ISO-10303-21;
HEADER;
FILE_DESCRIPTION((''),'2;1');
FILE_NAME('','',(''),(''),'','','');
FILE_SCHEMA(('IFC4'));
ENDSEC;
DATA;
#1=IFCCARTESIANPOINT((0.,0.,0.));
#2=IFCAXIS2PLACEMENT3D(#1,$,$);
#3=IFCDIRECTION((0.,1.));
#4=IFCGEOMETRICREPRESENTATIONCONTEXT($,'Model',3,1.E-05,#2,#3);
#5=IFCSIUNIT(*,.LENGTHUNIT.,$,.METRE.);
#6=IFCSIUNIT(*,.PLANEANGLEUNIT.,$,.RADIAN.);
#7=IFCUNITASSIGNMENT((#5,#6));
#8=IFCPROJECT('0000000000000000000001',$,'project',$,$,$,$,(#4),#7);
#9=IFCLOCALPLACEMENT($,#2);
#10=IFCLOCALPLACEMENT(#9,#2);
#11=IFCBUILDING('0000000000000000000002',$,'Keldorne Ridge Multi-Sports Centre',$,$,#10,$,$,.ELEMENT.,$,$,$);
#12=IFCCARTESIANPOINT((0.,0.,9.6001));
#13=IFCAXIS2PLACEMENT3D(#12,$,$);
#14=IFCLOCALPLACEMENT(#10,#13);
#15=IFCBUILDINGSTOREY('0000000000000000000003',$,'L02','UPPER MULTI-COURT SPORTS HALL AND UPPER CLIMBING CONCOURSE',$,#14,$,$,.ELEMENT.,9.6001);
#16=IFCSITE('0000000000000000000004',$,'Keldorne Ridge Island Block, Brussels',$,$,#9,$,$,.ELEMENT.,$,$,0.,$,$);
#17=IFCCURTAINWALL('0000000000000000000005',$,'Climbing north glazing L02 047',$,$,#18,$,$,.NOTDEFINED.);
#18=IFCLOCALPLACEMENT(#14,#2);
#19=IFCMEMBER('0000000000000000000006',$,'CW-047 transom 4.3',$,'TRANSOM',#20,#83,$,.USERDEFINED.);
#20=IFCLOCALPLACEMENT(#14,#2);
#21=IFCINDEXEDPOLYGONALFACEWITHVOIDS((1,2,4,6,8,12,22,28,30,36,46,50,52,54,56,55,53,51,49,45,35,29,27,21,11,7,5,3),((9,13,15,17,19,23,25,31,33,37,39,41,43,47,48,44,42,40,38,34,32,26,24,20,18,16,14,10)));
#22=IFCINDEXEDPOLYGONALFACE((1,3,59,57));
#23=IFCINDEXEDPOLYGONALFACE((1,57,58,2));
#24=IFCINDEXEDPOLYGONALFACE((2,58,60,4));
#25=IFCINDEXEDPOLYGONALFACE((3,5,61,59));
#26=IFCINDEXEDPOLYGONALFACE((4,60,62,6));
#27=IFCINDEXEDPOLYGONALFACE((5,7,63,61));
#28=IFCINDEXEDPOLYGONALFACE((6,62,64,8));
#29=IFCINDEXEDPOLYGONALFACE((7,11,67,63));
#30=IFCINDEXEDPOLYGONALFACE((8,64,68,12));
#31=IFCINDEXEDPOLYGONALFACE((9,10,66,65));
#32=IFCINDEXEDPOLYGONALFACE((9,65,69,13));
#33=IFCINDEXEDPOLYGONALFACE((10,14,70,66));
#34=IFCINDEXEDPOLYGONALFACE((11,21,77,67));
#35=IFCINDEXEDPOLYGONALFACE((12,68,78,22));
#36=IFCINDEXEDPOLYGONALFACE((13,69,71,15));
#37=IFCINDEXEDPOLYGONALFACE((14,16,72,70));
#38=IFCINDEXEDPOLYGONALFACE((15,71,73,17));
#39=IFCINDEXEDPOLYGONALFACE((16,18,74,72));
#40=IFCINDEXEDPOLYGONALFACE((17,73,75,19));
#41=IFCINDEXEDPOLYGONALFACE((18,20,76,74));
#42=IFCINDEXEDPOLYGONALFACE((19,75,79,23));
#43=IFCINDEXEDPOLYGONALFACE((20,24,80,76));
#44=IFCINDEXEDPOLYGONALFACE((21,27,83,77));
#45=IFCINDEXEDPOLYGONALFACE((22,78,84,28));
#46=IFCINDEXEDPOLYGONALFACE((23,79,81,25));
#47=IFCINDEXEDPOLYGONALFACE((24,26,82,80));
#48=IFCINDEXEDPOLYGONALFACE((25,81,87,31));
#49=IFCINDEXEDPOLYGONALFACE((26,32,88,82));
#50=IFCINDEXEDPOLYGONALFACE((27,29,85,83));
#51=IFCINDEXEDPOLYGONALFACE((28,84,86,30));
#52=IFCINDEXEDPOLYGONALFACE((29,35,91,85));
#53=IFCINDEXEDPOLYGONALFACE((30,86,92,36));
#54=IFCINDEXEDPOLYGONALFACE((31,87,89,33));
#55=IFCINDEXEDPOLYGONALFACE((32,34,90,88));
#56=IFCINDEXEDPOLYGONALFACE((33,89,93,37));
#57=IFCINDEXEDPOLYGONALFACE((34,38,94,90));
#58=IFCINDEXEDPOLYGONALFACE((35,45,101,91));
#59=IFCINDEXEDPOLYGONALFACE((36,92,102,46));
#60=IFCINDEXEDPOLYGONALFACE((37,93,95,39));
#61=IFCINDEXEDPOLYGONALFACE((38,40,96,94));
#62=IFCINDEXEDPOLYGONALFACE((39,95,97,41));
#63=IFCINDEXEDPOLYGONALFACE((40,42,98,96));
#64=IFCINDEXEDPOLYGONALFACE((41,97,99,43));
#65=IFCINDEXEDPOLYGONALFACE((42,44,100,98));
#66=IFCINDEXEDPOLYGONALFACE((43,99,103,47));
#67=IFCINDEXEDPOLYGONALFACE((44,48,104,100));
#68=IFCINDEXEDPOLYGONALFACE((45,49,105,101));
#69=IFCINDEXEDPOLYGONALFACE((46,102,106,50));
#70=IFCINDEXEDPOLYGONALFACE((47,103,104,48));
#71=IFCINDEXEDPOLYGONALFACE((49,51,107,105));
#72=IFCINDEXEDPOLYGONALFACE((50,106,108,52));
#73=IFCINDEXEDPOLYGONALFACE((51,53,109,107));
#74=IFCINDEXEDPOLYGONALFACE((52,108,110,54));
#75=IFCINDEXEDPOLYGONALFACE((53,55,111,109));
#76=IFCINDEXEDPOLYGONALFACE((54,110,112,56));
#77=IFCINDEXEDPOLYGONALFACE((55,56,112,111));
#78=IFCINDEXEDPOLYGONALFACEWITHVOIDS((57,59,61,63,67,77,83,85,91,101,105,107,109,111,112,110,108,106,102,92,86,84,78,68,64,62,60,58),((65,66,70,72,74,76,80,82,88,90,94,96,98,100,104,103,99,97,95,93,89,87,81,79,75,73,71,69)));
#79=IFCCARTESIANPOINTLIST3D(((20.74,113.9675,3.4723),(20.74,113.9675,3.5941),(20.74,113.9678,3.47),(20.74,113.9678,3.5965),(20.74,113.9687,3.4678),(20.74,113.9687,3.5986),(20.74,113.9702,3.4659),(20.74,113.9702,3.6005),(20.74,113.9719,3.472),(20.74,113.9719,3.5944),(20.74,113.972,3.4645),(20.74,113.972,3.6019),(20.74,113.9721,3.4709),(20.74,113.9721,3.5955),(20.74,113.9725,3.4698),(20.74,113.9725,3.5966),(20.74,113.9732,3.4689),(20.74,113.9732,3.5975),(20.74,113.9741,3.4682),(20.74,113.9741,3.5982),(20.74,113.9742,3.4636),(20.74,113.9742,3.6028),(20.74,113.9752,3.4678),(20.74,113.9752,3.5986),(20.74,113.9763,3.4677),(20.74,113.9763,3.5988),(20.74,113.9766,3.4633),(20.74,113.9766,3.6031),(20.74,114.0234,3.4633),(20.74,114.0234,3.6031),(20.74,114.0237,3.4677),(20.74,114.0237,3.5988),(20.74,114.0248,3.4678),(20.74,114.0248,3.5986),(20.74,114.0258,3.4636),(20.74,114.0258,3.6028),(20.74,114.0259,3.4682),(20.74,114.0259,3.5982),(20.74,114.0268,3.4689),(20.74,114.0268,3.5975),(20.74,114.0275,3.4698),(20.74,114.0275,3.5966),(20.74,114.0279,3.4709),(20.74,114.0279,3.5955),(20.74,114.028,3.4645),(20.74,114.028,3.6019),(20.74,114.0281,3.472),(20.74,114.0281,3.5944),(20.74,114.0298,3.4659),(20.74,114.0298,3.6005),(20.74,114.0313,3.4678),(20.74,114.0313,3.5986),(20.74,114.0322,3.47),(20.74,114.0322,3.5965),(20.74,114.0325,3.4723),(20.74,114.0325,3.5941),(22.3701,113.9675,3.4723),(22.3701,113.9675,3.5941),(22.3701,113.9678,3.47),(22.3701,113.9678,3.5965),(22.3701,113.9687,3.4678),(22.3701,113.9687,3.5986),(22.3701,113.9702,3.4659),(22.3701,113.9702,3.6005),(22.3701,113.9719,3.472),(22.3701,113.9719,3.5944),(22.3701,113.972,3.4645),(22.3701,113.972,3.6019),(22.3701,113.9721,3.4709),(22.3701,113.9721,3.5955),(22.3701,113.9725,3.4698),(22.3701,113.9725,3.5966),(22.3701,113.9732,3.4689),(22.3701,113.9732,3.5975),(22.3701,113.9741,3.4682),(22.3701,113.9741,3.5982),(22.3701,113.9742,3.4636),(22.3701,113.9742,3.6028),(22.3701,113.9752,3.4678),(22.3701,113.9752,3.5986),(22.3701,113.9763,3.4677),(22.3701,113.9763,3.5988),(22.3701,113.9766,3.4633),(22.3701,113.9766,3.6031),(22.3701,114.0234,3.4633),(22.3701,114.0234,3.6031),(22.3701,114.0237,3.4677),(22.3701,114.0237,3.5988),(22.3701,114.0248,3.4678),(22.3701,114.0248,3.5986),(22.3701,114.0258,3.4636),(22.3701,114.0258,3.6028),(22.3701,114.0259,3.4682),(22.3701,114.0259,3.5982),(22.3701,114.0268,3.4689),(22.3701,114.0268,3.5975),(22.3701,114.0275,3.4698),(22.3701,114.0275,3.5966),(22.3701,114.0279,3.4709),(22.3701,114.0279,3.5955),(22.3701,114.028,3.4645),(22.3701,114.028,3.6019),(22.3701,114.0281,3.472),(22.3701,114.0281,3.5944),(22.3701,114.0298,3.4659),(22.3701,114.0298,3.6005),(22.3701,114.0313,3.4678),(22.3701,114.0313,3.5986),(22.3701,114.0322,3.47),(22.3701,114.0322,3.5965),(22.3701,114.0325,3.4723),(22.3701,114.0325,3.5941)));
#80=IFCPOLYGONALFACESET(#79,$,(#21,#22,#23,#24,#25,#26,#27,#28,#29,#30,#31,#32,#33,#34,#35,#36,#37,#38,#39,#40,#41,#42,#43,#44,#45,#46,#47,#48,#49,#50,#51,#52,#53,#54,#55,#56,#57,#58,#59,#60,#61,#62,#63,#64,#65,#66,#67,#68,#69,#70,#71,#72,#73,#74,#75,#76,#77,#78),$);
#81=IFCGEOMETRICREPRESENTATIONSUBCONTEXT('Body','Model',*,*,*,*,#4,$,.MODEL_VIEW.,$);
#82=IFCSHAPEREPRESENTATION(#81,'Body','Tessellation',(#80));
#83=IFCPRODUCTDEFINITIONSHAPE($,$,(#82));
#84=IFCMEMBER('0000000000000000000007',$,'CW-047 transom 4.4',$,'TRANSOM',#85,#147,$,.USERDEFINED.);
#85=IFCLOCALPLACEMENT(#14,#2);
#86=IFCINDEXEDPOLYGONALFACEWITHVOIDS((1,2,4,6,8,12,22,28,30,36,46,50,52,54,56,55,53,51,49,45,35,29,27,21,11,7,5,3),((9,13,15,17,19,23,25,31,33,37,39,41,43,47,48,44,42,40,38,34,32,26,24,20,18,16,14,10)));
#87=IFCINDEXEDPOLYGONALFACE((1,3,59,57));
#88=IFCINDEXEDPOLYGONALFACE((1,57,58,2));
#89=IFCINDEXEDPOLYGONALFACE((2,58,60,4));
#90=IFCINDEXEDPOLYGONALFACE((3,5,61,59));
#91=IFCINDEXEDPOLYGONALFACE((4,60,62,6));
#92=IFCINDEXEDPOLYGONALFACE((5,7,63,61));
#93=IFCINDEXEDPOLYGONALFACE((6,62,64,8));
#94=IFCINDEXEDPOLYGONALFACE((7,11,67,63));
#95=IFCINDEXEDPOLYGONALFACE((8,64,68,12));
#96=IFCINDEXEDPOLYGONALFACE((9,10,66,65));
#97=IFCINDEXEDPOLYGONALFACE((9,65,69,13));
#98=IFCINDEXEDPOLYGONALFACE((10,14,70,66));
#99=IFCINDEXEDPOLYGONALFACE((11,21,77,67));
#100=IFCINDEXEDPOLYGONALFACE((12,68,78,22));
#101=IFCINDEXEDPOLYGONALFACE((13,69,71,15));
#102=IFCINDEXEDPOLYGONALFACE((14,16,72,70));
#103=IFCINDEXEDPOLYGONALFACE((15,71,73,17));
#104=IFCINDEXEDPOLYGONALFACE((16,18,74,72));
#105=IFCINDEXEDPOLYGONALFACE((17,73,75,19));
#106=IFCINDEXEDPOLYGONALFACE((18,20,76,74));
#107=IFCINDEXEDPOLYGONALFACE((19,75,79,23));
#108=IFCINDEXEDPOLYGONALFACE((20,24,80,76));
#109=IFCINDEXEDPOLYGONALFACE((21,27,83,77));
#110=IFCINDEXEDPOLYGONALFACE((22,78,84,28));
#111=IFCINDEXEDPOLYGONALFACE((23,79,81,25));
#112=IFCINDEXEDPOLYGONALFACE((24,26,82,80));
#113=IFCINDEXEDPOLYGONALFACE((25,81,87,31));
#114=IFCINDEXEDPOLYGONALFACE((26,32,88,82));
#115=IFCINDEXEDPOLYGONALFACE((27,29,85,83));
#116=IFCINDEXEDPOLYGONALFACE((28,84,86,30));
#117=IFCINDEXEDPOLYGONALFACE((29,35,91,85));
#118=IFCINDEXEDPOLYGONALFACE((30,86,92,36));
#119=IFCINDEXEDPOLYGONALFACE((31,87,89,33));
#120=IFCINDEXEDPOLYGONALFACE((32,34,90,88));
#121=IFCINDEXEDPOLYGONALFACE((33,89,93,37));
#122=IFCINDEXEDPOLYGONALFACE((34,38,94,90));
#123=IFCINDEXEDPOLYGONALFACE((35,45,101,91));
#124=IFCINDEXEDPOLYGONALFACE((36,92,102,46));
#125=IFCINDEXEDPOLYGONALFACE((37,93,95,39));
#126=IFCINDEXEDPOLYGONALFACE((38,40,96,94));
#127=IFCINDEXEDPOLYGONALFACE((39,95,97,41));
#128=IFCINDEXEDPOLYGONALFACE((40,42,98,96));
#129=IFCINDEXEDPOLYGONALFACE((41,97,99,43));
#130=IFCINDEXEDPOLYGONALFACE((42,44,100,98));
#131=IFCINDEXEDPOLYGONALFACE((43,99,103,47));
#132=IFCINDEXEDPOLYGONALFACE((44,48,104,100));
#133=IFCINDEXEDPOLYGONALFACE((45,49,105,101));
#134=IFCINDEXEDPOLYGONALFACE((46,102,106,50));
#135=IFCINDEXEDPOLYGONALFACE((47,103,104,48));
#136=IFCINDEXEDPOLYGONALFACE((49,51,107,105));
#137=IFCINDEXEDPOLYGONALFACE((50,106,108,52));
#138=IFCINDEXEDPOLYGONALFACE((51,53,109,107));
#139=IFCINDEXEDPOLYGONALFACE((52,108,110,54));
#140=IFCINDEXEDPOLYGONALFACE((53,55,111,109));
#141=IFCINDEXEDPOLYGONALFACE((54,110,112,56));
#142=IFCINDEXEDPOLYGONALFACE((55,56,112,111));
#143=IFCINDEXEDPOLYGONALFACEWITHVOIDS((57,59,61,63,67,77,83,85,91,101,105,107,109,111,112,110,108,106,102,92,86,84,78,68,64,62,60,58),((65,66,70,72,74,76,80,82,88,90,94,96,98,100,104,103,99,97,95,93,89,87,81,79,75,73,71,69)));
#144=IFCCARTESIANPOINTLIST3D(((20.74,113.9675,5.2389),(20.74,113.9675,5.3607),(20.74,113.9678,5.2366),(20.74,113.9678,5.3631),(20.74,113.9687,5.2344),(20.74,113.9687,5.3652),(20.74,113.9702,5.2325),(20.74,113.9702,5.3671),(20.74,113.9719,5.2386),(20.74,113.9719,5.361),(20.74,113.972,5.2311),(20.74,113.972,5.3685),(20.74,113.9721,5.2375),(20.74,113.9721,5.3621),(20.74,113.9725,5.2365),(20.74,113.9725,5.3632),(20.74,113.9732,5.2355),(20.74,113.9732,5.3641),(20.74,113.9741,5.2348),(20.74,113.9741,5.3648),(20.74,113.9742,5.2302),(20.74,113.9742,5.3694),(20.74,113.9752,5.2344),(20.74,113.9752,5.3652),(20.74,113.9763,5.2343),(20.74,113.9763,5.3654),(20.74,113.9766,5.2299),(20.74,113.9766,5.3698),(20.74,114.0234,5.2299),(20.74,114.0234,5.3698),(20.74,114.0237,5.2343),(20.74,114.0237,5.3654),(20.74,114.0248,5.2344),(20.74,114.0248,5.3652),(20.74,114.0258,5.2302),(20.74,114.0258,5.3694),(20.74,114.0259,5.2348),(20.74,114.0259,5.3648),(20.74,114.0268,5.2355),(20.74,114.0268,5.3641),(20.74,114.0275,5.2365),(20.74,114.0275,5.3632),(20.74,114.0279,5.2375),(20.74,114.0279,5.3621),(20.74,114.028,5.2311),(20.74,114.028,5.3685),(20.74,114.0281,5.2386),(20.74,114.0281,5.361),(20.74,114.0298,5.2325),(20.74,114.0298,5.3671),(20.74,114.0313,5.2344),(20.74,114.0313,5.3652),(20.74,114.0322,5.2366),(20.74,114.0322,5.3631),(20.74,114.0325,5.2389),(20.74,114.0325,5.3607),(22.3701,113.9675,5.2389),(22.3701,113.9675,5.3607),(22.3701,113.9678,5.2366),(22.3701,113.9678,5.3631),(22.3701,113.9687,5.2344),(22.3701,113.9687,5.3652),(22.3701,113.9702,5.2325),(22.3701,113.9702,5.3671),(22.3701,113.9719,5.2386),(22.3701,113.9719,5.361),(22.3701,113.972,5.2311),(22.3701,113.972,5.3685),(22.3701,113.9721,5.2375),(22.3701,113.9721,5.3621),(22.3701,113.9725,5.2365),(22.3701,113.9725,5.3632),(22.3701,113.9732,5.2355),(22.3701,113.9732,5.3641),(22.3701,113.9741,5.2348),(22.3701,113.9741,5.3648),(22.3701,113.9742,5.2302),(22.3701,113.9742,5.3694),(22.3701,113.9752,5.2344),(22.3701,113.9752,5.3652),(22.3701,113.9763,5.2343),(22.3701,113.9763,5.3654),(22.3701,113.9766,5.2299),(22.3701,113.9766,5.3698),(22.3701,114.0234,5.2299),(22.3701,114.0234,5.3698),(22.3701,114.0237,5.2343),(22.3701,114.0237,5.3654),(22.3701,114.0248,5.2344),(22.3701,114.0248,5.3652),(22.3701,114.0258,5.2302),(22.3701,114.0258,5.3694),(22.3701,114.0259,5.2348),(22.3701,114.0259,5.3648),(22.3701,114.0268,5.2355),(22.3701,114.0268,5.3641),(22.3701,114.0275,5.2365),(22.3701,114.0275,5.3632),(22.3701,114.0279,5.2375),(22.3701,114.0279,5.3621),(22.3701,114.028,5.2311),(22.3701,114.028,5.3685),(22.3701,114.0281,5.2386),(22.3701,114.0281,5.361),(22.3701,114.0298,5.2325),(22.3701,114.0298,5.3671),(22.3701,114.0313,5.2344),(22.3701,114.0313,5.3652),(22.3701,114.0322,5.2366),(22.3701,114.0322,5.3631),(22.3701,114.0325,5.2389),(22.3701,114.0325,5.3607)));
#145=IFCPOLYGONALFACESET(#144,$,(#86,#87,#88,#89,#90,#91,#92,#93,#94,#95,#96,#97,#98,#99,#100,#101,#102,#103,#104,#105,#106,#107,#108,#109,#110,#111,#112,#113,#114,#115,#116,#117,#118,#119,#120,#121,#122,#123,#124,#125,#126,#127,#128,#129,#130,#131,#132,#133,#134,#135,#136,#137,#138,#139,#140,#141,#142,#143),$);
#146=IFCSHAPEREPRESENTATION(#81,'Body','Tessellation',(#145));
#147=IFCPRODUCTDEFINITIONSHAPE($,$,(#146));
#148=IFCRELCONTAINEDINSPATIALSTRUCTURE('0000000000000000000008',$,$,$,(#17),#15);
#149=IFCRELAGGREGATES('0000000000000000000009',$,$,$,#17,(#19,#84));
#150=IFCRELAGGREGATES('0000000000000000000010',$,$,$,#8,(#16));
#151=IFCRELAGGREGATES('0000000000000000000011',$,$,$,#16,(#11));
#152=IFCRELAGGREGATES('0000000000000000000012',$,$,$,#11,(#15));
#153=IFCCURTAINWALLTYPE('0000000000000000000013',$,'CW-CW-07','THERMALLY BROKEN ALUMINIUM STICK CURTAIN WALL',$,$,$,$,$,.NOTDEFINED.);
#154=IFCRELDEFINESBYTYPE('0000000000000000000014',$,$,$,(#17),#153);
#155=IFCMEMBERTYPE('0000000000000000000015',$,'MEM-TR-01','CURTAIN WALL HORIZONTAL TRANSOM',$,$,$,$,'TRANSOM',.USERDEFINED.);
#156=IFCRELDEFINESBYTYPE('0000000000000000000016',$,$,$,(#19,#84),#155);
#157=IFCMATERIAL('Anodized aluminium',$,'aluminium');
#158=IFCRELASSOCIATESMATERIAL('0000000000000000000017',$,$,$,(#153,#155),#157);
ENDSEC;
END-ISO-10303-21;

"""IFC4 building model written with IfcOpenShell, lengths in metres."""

from ifc_helpers import new_model, si_unit, direction, frame, origin, origin_2d, place, context, subcontext, project, spatial, hollow_rectangle, extrude, material, material_profile, profile_set, type_object, element, aggregate, save


model = new_model("IFC4")

# Units and contexts
model_context = context("Model", 3, precision=1e-05, world=origin(), true_north=direction((0.0, 1.0)))
body_context = subcontext(model_context, "Body", "Model", "MODEL_VIEW")
ifc_project = project(units=[si_unit("LENGTHUNIT", "METRE"), si_unit("PLANEANGLEUNIT", "RADIAN")], contexts=[model_context])

# Site, building, storey
site_placement = place(None, origin())
site = spatial("IfcSite", under=ifc_project, at=site_placement, Name="Keldorne Ridge Island Block, Brussels", CompositionType="ELEMENT", RefElevation=0.0)
building_placement = place(site_placement, origin())
building = spatial("IfcBuilding", under=site, at=building_placement, Name="Keldorne Ridge Multi-Sports Centre", CompositionType="ELEMENT")
storey_placement = place(building_placement, frame((0.0, 0.0, 9.6001)))
storey = spatial("IfcBuildingStorey", under=building, at=storey_placement, Name="L02", Description="UPPER MULTI-COURT SPORTS HALL AND UPPER CLIMBING CONCOURSE", CompositionType="ELEMENT", Elevation=9.6001)

# Curtain wall
ifc_material_1 = material(Name="Anodized aluminium", Category="aluminium")
curtain_wall_type = type_object("IfcCurtainWallType", Name="CW-CW-07", Description="THERMALLY BROKEN ALUMINIUM STICK CURTAIN WALL", PredefinedType="NOTDEFINED", material=ifc_material_1)
curtain_wall_placement = place(storey_placement, origin())
curtain_wall = element("IfcCurtainWall", 1, at=curtain_wall_placement, inside=storey, type_object=curtain_wall_type, Name="Climbing north glazing L02 047", PredefinedType="NOTDEFINED")

# Members
ifc_material_profile_1 = material_profile(ifc_material_1, hollow_rectangle(XDim=0.0649, YDim=0.1399, WallThickness=0.0044, InnerFilletRadius=0.0044, OuterFilletRadius=0.009, at=origin_2d()), Name="ALU TRANSOM 140x65x4.5")
ifc_profile_set_1 = profile_set([ifc_material_profile_1], Name="Anodized aluminium")
member_type_1 = type_object("IfcMemberType", Name="MEM-TR-01", Description="CURTAIN WALL HORIZONTAL TRANSOM", ElementType="TRANSOM", PredefinedType="USERDEFINED", material=ifc_profile_set_1)
member_1_placement = place(storey_placement, frame((22.3701, 114.0, 3.5332), z_axis=(-1.0, 0.0, 0.0), x_axis=(0.0, -1.0, 0.0)))
member_1 = element("IfcMember", 2, at=member_1_placement, type_object=member_type_1, Name="CW-047 transom 4.3", ObjectType="TRANSOM", PredefinedType="USERDEFINED", context=body_context, shape_type="SweptSolid", body=[
    extrude(hollow_rectangle(XDim=0.0649, YDim=0.1399, WallThickness=0.0044, InnerFilletRadius=0.0044, OuterFilletRadius=0.009, at=origin_2d()), origin(), (0.0, 0.0, 1.0), 1.6301),
])
member_2_placement = place(storey_placement, frame((22.3701, 114.0, 5.2998), z_axis=(-1.0, 0.0, 0.0), x_axis=(0.0, -1.0, 0.0)))
member_2 = element("IfcMember", 3, at=member_2_placement, type_object=member_type_1, Name="CW-047 transom 4.4", ObjectType="TRANSOM", PredefinedType="USERDEFINED", context=body_context, shape_type="SweptSolid", body=[
    extrude(hollow_rectangle(XDim=0.0649, YDim=0.1399, WallThickness=0.0044, InnerFilletRadius=0.0044, OuterFilletRadius=0.009, at=origin_2d()), origin(), (0.0, 0.0, 1.0), 1.6301),
])

aggregate(curtain_wall, [member_1, member_2])

save(model, "model.ifc")
